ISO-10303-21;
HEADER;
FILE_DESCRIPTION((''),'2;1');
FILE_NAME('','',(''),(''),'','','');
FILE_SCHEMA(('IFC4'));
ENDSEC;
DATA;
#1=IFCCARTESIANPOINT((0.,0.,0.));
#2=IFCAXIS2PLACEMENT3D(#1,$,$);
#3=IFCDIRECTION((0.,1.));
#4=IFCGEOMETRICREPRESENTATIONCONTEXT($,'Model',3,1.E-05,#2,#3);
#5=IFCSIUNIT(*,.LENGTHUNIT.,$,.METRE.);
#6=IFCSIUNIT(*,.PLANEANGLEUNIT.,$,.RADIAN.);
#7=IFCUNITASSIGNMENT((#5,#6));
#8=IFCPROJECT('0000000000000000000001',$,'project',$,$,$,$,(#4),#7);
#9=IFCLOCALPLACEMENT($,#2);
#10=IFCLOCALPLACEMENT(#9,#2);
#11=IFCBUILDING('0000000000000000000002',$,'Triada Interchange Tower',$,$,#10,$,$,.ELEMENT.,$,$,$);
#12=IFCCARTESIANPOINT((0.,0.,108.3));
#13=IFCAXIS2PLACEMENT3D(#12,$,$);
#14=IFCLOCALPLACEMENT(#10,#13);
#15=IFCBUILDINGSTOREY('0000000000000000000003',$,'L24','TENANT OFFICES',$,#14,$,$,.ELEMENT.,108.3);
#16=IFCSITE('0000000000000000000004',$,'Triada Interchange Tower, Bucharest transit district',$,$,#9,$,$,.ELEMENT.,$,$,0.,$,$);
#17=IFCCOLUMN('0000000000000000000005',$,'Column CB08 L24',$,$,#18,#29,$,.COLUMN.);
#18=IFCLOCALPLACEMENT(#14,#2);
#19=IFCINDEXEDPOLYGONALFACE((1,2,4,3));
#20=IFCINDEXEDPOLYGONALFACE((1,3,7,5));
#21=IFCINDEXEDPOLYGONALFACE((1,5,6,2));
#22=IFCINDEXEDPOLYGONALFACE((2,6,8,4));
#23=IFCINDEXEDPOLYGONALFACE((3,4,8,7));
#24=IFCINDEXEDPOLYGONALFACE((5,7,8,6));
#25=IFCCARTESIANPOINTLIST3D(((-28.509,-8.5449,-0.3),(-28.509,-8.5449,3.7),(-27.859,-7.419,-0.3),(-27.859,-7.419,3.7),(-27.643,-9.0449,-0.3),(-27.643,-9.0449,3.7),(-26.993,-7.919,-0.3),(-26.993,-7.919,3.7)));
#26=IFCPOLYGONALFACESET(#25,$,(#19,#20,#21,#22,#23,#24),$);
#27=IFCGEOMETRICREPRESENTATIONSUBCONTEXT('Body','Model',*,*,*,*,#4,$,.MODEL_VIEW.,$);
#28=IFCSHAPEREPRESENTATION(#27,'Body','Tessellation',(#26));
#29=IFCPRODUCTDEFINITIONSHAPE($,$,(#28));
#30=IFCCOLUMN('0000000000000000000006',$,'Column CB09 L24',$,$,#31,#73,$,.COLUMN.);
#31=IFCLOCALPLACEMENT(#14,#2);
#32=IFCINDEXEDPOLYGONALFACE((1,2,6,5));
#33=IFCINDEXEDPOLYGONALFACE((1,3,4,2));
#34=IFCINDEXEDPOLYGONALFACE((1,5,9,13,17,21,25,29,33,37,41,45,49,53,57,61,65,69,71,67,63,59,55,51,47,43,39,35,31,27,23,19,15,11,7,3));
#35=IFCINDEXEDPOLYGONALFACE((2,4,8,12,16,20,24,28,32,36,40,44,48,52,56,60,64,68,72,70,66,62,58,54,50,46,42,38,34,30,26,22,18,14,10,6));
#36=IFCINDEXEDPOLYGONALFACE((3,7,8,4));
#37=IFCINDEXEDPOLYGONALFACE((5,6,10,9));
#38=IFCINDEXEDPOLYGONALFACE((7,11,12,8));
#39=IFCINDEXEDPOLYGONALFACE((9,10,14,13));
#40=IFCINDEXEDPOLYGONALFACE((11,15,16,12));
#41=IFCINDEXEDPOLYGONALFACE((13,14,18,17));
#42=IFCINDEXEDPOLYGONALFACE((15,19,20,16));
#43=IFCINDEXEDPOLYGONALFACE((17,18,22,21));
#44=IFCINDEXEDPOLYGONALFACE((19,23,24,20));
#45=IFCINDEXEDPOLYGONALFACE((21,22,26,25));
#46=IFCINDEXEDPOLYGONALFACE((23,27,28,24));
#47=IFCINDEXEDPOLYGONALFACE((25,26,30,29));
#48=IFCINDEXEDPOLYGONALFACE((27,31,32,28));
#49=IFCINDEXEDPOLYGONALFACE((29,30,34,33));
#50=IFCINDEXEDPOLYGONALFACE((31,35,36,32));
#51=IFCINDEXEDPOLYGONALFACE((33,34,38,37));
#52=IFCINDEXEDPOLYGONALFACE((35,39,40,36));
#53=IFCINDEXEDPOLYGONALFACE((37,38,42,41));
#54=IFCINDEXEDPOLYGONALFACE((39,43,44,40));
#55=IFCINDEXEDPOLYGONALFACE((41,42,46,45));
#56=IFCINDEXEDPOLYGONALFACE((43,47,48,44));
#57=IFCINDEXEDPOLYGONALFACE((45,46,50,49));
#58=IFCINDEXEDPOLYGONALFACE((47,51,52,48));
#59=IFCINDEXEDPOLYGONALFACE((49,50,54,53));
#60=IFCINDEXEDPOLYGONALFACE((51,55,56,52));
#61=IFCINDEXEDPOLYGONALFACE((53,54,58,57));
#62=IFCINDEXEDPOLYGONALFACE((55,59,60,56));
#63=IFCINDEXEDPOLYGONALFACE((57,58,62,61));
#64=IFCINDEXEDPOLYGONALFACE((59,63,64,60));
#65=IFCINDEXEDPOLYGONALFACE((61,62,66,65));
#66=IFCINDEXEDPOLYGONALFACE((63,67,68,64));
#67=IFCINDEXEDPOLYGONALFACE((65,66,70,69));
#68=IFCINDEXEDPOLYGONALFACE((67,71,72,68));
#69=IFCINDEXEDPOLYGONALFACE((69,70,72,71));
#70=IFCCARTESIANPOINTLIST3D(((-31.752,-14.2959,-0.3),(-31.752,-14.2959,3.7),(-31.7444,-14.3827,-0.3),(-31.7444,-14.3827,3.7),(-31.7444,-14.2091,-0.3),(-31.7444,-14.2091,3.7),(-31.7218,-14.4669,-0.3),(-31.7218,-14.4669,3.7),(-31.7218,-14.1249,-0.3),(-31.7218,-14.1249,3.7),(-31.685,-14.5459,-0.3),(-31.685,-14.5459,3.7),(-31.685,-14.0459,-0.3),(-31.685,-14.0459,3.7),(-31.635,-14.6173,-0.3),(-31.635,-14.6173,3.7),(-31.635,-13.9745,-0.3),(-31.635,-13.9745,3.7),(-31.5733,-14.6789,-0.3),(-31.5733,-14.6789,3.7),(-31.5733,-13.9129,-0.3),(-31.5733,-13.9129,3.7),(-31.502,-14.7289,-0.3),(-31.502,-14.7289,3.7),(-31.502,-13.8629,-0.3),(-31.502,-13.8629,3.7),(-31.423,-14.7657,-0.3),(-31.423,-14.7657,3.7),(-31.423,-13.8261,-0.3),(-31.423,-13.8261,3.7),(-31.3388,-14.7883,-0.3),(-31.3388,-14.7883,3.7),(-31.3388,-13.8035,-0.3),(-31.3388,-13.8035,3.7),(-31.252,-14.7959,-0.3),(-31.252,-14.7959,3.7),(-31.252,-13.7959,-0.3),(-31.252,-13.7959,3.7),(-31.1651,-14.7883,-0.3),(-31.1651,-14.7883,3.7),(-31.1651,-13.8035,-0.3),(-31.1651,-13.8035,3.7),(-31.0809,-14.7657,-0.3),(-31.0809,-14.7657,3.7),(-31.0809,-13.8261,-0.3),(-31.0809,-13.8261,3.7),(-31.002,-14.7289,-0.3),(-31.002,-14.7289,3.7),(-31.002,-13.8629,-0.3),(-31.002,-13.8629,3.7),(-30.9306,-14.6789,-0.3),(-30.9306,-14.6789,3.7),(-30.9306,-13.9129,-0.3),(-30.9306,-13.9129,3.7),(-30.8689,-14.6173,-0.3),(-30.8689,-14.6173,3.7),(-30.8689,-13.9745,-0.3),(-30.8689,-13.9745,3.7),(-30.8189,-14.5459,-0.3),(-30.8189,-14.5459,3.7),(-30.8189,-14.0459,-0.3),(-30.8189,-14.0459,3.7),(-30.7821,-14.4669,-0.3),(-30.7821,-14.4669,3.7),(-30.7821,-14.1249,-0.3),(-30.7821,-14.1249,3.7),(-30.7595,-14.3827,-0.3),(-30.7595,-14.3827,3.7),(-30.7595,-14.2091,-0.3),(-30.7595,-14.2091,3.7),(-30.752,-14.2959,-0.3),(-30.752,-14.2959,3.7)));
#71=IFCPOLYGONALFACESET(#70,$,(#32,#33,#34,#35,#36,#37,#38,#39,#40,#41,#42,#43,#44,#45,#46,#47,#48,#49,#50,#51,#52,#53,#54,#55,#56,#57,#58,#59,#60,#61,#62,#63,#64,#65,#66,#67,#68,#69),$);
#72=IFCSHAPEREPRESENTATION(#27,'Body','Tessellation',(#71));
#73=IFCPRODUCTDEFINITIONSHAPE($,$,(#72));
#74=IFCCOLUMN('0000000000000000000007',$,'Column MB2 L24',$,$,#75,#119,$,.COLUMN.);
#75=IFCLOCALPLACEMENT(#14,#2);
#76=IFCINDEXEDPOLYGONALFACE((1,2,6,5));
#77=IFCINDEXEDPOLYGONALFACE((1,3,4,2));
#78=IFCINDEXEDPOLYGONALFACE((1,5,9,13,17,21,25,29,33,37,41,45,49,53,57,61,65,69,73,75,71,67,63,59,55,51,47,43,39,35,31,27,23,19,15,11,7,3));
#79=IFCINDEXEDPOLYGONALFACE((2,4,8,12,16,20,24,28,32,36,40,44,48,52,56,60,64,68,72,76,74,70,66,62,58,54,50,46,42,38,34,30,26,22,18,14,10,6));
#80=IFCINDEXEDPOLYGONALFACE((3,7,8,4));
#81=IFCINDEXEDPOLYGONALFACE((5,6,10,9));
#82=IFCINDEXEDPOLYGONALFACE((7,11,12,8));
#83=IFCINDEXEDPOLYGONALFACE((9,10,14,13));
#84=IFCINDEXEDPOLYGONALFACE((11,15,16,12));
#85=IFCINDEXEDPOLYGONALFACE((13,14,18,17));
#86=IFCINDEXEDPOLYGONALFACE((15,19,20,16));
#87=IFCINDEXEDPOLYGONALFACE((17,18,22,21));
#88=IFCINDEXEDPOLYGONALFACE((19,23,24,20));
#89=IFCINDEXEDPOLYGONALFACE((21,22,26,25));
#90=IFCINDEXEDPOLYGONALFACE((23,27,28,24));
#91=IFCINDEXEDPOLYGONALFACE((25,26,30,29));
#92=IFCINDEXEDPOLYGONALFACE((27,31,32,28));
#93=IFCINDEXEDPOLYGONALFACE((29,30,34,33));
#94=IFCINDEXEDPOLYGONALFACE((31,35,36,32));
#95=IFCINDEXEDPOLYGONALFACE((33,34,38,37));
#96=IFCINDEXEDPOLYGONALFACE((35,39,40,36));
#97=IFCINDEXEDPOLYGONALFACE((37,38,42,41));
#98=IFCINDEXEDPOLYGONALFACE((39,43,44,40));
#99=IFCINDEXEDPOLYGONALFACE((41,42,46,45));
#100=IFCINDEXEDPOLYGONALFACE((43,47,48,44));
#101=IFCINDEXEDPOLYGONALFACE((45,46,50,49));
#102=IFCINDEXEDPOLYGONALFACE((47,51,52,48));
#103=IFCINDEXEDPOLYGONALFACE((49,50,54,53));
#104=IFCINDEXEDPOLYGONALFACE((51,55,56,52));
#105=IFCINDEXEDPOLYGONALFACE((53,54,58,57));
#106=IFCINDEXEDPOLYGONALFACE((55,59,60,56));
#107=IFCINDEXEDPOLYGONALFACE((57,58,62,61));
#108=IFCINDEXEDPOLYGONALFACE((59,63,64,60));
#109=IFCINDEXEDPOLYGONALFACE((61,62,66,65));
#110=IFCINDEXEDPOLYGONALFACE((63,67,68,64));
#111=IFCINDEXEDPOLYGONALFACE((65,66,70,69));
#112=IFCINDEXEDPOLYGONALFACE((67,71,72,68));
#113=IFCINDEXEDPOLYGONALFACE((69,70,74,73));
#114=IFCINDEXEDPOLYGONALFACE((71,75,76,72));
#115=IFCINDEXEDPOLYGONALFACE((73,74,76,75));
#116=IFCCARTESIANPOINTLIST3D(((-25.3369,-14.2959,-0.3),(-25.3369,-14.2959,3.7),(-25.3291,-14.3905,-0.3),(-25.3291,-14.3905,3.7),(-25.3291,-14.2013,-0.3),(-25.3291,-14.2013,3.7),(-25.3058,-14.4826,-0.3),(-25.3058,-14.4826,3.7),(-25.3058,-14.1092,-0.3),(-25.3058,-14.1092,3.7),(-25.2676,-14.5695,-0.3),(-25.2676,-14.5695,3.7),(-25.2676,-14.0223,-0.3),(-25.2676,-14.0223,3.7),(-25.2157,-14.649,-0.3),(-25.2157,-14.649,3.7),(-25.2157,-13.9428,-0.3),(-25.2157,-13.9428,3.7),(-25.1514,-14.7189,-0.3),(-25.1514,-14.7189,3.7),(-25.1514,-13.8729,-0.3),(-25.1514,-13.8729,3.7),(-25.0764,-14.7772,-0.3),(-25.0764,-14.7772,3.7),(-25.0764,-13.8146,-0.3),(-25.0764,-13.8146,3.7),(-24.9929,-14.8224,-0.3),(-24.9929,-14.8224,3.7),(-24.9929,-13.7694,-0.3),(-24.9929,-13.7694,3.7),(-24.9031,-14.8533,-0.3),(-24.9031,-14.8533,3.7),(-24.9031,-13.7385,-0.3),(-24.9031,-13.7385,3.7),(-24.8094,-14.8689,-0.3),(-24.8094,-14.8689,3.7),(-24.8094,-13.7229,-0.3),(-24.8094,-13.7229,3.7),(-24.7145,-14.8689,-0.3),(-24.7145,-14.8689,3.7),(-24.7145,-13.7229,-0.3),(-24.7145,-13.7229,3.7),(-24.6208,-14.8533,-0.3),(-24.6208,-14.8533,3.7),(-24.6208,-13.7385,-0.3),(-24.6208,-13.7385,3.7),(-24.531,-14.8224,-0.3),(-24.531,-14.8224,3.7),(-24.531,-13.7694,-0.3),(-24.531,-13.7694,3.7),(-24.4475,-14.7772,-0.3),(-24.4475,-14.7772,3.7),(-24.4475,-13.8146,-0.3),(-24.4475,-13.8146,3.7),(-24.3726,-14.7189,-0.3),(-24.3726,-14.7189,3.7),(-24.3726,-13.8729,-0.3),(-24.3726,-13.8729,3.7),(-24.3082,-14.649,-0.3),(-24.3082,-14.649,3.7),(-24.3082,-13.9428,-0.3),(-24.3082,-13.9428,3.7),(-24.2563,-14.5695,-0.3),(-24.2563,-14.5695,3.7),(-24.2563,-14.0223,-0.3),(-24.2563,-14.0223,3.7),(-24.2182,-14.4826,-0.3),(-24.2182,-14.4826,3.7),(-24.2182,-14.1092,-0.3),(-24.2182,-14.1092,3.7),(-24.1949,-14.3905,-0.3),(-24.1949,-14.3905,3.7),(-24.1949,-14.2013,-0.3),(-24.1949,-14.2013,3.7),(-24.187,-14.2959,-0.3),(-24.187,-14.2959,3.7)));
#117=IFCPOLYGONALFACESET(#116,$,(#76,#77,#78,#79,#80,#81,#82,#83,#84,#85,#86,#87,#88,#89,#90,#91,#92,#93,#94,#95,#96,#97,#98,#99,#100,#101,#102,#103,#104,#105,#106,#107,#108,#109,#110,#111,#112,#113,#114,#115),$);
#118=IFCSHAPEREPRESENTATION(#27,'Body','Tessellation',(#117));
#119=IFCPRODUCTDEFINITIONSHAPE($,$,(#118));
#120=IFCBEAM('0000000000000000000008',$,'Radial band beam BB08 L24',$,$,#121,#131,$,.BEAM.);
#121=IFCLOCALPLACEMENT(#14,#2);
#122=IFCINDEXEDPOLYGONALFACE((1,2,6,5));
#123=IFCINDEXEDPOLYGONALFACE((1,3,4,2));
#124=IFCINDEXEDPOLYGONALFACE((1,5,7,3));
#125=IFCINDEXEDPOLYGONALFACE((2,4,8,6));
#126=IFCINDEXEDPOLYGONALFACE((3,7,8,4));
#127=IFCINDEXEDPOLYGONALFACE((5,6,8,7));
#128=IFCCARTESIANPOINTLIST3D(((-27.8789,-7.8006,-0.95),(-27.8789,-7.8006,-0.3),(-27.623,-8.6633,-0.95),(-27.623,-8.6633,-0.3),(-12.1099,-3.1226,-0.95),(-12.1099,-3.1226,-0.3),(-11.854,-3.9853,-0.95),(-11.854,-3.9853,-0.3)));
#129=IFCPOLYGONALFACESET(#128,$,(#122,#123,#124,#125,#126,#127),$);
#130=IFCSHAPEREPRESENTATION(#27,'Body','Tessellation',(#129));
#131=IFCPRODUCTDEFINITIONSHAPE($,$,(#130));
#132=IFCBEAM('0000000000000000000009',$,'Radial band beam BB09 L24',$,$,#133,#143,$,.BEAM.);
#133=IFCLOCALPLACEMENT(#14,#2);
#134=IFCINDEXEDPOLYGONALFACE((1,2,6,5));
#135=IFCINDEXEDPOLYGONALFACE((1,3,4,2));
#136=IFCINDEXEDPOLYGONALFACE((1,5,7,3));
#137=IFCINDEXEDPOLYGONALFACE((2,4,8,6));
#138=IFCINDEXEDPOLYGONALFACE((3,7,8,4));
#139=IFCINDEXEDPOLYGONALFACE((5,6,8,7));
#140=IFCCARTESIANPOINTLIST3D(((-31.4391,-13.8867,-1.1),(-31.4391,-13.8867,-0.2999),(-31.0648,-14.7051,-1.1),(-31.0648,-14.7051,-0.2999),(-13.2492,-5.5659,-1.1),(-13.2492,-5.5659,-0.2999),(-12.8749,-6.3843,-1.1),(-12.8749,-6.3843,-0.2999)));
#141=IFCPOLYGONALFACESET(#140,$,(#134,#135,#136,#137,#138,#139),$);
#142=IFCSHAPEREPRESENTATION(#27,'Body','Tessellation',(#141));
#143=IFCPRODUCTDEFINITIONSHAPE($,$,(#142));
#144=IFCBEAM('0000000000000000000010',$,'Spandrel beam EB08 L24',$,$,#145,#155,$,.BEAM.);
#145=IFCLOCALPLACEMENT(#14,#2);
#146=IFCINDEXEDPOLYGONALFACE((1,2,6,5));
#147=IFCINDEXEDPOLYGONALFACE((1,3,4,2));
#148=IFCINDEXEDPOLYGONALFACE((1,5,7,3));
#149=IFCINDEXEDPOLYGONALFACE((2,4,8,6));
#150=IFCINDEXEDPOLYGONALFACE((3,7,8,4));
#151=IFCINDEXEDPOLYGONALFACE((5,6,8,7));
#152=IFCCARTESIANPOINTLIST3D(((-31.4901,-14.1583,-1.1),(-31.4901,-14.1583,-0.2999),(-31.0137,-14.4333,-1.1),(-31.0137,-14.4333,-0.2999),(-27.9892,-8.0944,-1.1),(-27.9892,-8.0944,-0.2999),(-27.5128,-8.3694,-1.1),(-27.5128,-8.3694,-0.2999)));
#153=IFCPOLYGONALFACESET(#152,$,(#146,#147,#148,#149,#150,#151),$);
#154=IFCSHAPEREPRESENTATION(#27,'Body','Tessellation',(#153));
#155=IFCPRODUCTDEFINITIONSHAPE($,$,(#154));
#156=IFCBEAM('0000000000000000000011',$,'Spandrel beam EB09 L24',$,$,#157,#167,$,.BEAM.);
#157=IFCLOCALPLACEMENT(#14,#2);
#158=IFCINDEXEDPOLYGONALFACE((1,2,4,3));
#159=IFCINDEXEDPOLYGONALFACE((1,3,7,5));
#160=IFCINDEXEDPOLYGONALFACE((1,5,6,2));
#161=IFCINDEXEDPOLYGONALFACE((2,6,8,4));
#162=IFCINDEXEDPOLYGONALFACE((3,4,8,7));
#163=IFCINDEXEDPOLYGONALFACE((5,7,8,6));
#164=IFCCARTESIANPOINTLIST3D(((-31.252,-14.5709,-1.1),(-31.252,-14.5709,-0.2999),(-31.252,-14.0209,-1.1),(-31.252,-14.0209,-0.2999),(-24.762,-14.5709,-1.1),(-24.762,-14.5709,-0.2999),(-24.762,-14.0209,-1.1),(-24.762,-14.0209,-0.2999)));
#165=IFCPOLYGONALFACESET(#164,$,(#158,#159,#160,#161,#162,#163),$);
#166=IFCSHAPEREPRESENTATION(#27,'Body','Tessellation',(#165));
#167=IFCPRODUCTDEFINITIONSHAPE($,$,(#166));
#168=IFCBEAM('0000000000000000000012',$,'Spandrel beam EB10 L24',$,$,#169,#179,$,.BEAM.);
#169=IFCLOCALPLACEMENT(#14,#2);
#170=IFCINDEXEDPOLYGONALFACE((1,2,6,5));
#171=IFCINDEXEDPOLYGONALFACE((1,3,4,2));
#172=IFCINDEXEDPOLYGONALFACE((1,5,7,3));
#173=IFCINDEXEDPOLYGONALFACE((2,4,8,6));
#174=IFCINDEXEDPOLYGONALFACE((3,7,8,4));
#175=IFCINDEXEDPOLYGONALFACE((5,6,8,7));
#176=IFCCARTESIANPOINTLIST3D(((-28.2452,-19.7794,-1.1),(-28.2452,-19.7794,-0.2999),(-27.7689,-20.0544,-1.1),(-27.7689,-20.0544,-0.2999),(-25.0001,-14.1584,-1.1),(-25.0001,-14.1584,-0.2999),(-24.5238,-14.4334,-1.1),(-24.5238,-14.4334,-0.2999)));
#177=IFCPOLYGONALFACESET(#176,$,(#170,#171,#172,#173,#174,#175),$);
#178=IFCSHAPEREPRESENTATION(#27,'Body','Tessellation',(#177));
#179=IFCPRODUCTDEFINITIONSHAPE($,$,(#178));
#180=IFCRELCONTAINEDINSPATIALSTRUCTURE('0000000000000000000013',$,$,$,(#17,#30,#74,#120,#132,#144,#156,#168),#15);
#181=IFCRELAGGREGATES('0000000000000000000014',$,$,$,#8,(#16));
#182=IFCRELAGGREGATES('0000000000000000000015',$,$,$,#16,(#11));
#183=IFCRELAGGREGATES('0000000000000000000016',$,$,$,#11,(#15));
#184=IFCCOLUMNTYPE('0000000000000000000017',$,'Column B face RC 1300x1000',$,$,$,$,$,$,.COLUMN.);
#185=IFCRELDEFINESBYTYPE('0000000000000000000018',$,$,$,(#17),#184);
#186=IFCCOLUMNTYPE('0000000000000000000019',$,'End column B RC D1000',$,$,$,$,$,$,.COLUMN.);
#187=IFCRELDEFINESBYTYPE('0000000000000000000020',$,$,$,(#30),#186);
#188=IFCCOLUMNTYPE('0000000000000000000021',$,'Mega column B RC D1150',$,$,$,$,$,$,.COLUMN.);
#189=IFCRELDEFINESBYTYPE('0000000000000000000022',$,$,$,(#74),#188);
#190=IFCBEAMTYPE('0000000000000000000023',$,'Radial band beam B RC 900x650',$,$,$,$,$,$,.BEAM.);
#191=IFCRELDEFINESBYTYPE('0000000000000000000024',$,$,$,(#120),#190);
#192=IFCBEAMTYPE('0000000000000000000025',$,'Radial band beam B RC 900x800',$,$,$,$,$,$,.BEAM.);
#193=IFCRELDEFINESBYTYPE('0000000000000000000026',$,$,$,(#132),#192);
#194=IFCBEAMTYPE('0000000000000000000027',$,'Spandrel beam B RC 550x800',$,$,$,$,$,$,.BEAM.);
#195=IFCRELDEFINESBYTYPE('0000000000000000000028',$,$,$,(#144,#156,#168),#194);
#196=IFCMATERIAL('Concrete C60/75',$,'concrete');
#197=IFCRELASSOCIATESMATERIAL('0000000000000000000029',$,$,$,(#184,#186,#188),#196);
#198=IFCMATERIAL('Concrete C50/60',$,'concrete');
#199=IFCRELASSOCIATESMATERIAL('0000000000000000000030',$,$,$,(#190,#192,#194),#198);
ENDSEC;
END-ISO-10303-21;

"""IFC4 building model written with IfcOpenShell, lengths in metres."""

from ifc_helpers import new_model, si_unit, direction, frame, origin, origin_2d, place, context, subcontext, project, spatial, rectangle, circle, extrude, material, material_profile, profile_set, type_object, element, save


model = new_model("IFC4")

# Units and contexts
model_context = context("Model", 3, precision=1e-05, world=origin(), true_north=direction((0.0, 1.0)))
body_context = subcontext(model_context, "Body", "Model", "MODEL_VIEW")
ifc_project = project(units=[si_unit("LENGTHUNIT", "METRE"), si_unit("PLANEANGLEUNIT", "RADIAN")], contexts=[model_context])

# Site, building, storey
site_placement = place(None, origin())
site = spatial("IfcSite", under=ifc_project, at=site_placement, Name="Triada Interchange Tower, Bucharest transit district", CompositionType="ELEMENT", RefElevation=0.0)
building_placement = place(site_placement, origin())
building = spatial("IfcBuilding", under=site, at=building_placement, Name="Triada Interchange Tower", CompositionType="ELEMENT")
storey_placement = place(building_placement, frame((0.0, 0.0, 108.3)))
storey = spatial("IfcBuildingStorey", under=building, at=storey_placement, Name="L24", Description="TENANT OFFICES", CompositionType="ELEMENT", Elevation=108.3)

# Columns
ifc_material_1 = material(Name="Concrete C60/75", Category="concrete")
ifc_material_profile_1 = material_profile(ifc_material_1, rectangle(XDim=1.3, YDim=1.0, at=origin_2d()), Name="RC 1300x1000")
ifc_profile_set_1 = profile_set([ifc_material_profile_1], Name="Concrete C60/75")
column_type_1 = type_object("IfcColumnType", Name="Column B face RC 1300x1000", PredefinedType="COLUMN", material=ifc_profile_set_1)
column_1_placement = place(storey_placement, frame((-27.751, -8.2319, -0.3), z_axis=(0.0, 0.0, 1.0), x_axis=(0.5, 0.866025, 0.0)))
element("IfcColumn", 1, at=column_1_placement, inside=storey, type_object=column_type_1, Name="Column CB08 L24", PredefinedType="COLUMN", context=body_context, shape_type="SweptSolid", body=[
    extrude(rectangle(XDim=1.3, YDim=1.0, at=origin_2d()), origin(), (0.0, 0.0, 1.0), 4.0),
])
ifc_material_profile_2 = material_profile(ifc_material_1, circle(Radius=0.5, at=origin_2d()), Name="RC D1000")
ifc_profile_set_2 = profile_set([ifc_material_profile_2], Name="Concrete C60/75")
column_type_2 = type_object("IfcColumnType", Name="End column B RC D1000", PredefinedType="COLUMN", material=ifc_profile_set_2)
column_2_placement = place(storey_placement, frame((-31.252, -14.2959, -0.3), z_axis=(0.0, 0.0, 1.0), x_axis=(0.5, 0.866025, 0.0)))
element("IfcColumn", 2, at=column_2_placement, inside=storey, type_object=column_type_2, Name="Column CB09 L24", PredefinedType="COLUMN", context=body_context, shape_type="SweptSolid", body=[
    extrude(circle(Radius=0.5, at=origin_2d()), origin(), (0.0, 0.0, 1.0), 4.0),
])
ifc_material_profile_3 = material_profile(ifc_material_1, circle(Radius=0.575, at=origin_2d()), Name="RC D1150")
ifc_profile_set_3 = profile_set([ifc_material_profile_3], Name="Concrete C60/75")
column_type_3 = type_object("IfcColumnType", Name="Mega column B RC D1150", PredefinedType="COLUMN", material=ifc_profile_set_3)
column_3_placement = place(storey_placement, frame((-24.762, -14.2959, -0.3), z_axis=(0.0, 0.0, 1.0), x_axis=(1.0, 0.0, 0.0)))
element("IfcColumn", 3, at=column_3_placement, inside=storey, type_object=column_type_3, Name="Column MB2 L24", PredefinedType="COLUMN", context=body_context, shape_type="SweptSolid", body=[
    extrude(circle(Radius=0.575, at=origin_2d()), origin(), (0.0, 0.0, 1.0), 4.0),
])

# Beams
ifc_material_2 = material(Name="Concrete C50/60", Category="concrete")
ifc_material_profile_4 = material_profile(ifc_material_2, rectangle(XDim=0.8999, YDim=0.6499, at=origin_2d()), Name="RC 900x650")
ifc_profile_set_4 = profile_set([ifc_material_profile_4], Name="Concrete C50/60")
beam_type_1 = type_object("IfcBeamType", Name="Radial band beam B RC 900x650", PredefinedType="BEAM", material=ifc_profile_set_4)
beam_1_placement = place(storey_placement, frame((-27.751, -8.2319, -0.625), z_axis=(0.958704, 0.284405, 0.0), x_axis=(-0.284405, 0.958704, 0.0)))
element("IfcBeam", 4, at=beam_1_placement, inside=storey, type_object=beam_type_1, Name="Radial band beam BB08 L24", PredefinedType="BEAM", context=body_context, shape_type="SweptSolid", body=[
    extrude(rectangle(XDim=0.8999, YDim=0.6499, at=origin_2d()), origin(), (0.0, 0.0, 1.0), 16.4482),
])
ifc_material_profile_5 = material_profile(ifc_material_2, rectangle(XDim=0.8999, YDim=0.8, at=origin_2d()), Name="RC 900x800")
ifc_profile_set_5 = profile_set([ifc_material_profile_5], Name="Concrete C50/60")
beam_type_2 = type_object("IfcBeamType", Name="Radial band beam B RC 900x800", PredefinedType="BEAM", material=ifc_profile_set_5)
beam_2_placement = place(storey_placement, frame((-31.252, -14.2959, -0.7), z_axis=(0.909372, 0.415983, 0.0), x_axis=(-0.415983, 0.909372, 0.0)))
element("IfcBeam", 5, at=beam_2_placement, inside=storey, type_object=beam_type_2, Name="Radial band beam BB09 L24", PredefinedType="BEAM", context=body_context, shape_type="SweptSolid", body=[
    extrude(rectangle(XDim=0.8999, YDim=0.8, at=origin_2d()), origin(), (0.0, 0.0, 1.0), 20.0027),
])
ifc_material_profile_6 = material_profile(ifc_material_2, rectangle(XDim=0.55, YDim=0.8, at=origin_2d()), Name="RC 550x800")
ifc_profile_set_6 = profile_set([ifc_material_profile_6], Name="Concrete C50/60")
beam_type_3 = type_object("IfcBeamType", Name="Spandrel beam B RC 550x800", PredefinedType="BEAM", material=ifc_profile_set_6)
beam_3_placement = place(storey_placement, frame((-27.751, -8.2319, -0.7), z_axis=(-0.499994, -0.866029, 0.0), x_axis=(0.866029, -0.499994, 0.0)))
element("IfcBeam", 6, at=beam_3_placement, inside=storey, type_object=beam_type_3, Name="Spandrel beam EB08 L24", PredefinedType="BEAM", context=body_context, shape_type="SweptSolid", body=[
    extrude(rectangle(XDim=0.55, YDim=0.8, at=origin_2d()), origin(), (0.0, 0.0, 1.0), 7.002),
])
beam_4_placement = place(storey_placement, frame((-31.252, -14.2959, -0.7), z_axis=(1.0, 0.0, 0.0), x_axis=(0.0, 1.0, 0.0)))
element("IfcBeam", 7, at=beam_4_placement, inside=storey, type_object=beam_type_3, Name="Spandrel beam EB09 L24", PredefinedType="BEAM", context=body_context, shape_type="SweptSolid", body=[
    extrude(rectangle(XDim=0.55, YDim=0.8, at=origin_2d()), origin(), (0.0, 0.0, 1.0), 6.49),
])
beam_5_placement = place(storey_placement, frame((-24.762, -14.2959, -0.7), z_axis=(-0.499974, -0.86604, 0.0), x_axis=(0.86604, -0.499974, 0.0)))
element("IfcBeam", 8, at=beam_5_placement, inside=storey, type_object=beam_type_3, Name="Spandrel beam EB10 L24", PredefinedType="BEAM", context=body_context, shape_type="SweptSolid", body=[
    extrude(rectangle(XDim=0.55, YDim=0.8, at=origin_2d()), origin(), (0.0, 0.0, 1.0), 6.4905),
])

save(model, "model.ifc")
